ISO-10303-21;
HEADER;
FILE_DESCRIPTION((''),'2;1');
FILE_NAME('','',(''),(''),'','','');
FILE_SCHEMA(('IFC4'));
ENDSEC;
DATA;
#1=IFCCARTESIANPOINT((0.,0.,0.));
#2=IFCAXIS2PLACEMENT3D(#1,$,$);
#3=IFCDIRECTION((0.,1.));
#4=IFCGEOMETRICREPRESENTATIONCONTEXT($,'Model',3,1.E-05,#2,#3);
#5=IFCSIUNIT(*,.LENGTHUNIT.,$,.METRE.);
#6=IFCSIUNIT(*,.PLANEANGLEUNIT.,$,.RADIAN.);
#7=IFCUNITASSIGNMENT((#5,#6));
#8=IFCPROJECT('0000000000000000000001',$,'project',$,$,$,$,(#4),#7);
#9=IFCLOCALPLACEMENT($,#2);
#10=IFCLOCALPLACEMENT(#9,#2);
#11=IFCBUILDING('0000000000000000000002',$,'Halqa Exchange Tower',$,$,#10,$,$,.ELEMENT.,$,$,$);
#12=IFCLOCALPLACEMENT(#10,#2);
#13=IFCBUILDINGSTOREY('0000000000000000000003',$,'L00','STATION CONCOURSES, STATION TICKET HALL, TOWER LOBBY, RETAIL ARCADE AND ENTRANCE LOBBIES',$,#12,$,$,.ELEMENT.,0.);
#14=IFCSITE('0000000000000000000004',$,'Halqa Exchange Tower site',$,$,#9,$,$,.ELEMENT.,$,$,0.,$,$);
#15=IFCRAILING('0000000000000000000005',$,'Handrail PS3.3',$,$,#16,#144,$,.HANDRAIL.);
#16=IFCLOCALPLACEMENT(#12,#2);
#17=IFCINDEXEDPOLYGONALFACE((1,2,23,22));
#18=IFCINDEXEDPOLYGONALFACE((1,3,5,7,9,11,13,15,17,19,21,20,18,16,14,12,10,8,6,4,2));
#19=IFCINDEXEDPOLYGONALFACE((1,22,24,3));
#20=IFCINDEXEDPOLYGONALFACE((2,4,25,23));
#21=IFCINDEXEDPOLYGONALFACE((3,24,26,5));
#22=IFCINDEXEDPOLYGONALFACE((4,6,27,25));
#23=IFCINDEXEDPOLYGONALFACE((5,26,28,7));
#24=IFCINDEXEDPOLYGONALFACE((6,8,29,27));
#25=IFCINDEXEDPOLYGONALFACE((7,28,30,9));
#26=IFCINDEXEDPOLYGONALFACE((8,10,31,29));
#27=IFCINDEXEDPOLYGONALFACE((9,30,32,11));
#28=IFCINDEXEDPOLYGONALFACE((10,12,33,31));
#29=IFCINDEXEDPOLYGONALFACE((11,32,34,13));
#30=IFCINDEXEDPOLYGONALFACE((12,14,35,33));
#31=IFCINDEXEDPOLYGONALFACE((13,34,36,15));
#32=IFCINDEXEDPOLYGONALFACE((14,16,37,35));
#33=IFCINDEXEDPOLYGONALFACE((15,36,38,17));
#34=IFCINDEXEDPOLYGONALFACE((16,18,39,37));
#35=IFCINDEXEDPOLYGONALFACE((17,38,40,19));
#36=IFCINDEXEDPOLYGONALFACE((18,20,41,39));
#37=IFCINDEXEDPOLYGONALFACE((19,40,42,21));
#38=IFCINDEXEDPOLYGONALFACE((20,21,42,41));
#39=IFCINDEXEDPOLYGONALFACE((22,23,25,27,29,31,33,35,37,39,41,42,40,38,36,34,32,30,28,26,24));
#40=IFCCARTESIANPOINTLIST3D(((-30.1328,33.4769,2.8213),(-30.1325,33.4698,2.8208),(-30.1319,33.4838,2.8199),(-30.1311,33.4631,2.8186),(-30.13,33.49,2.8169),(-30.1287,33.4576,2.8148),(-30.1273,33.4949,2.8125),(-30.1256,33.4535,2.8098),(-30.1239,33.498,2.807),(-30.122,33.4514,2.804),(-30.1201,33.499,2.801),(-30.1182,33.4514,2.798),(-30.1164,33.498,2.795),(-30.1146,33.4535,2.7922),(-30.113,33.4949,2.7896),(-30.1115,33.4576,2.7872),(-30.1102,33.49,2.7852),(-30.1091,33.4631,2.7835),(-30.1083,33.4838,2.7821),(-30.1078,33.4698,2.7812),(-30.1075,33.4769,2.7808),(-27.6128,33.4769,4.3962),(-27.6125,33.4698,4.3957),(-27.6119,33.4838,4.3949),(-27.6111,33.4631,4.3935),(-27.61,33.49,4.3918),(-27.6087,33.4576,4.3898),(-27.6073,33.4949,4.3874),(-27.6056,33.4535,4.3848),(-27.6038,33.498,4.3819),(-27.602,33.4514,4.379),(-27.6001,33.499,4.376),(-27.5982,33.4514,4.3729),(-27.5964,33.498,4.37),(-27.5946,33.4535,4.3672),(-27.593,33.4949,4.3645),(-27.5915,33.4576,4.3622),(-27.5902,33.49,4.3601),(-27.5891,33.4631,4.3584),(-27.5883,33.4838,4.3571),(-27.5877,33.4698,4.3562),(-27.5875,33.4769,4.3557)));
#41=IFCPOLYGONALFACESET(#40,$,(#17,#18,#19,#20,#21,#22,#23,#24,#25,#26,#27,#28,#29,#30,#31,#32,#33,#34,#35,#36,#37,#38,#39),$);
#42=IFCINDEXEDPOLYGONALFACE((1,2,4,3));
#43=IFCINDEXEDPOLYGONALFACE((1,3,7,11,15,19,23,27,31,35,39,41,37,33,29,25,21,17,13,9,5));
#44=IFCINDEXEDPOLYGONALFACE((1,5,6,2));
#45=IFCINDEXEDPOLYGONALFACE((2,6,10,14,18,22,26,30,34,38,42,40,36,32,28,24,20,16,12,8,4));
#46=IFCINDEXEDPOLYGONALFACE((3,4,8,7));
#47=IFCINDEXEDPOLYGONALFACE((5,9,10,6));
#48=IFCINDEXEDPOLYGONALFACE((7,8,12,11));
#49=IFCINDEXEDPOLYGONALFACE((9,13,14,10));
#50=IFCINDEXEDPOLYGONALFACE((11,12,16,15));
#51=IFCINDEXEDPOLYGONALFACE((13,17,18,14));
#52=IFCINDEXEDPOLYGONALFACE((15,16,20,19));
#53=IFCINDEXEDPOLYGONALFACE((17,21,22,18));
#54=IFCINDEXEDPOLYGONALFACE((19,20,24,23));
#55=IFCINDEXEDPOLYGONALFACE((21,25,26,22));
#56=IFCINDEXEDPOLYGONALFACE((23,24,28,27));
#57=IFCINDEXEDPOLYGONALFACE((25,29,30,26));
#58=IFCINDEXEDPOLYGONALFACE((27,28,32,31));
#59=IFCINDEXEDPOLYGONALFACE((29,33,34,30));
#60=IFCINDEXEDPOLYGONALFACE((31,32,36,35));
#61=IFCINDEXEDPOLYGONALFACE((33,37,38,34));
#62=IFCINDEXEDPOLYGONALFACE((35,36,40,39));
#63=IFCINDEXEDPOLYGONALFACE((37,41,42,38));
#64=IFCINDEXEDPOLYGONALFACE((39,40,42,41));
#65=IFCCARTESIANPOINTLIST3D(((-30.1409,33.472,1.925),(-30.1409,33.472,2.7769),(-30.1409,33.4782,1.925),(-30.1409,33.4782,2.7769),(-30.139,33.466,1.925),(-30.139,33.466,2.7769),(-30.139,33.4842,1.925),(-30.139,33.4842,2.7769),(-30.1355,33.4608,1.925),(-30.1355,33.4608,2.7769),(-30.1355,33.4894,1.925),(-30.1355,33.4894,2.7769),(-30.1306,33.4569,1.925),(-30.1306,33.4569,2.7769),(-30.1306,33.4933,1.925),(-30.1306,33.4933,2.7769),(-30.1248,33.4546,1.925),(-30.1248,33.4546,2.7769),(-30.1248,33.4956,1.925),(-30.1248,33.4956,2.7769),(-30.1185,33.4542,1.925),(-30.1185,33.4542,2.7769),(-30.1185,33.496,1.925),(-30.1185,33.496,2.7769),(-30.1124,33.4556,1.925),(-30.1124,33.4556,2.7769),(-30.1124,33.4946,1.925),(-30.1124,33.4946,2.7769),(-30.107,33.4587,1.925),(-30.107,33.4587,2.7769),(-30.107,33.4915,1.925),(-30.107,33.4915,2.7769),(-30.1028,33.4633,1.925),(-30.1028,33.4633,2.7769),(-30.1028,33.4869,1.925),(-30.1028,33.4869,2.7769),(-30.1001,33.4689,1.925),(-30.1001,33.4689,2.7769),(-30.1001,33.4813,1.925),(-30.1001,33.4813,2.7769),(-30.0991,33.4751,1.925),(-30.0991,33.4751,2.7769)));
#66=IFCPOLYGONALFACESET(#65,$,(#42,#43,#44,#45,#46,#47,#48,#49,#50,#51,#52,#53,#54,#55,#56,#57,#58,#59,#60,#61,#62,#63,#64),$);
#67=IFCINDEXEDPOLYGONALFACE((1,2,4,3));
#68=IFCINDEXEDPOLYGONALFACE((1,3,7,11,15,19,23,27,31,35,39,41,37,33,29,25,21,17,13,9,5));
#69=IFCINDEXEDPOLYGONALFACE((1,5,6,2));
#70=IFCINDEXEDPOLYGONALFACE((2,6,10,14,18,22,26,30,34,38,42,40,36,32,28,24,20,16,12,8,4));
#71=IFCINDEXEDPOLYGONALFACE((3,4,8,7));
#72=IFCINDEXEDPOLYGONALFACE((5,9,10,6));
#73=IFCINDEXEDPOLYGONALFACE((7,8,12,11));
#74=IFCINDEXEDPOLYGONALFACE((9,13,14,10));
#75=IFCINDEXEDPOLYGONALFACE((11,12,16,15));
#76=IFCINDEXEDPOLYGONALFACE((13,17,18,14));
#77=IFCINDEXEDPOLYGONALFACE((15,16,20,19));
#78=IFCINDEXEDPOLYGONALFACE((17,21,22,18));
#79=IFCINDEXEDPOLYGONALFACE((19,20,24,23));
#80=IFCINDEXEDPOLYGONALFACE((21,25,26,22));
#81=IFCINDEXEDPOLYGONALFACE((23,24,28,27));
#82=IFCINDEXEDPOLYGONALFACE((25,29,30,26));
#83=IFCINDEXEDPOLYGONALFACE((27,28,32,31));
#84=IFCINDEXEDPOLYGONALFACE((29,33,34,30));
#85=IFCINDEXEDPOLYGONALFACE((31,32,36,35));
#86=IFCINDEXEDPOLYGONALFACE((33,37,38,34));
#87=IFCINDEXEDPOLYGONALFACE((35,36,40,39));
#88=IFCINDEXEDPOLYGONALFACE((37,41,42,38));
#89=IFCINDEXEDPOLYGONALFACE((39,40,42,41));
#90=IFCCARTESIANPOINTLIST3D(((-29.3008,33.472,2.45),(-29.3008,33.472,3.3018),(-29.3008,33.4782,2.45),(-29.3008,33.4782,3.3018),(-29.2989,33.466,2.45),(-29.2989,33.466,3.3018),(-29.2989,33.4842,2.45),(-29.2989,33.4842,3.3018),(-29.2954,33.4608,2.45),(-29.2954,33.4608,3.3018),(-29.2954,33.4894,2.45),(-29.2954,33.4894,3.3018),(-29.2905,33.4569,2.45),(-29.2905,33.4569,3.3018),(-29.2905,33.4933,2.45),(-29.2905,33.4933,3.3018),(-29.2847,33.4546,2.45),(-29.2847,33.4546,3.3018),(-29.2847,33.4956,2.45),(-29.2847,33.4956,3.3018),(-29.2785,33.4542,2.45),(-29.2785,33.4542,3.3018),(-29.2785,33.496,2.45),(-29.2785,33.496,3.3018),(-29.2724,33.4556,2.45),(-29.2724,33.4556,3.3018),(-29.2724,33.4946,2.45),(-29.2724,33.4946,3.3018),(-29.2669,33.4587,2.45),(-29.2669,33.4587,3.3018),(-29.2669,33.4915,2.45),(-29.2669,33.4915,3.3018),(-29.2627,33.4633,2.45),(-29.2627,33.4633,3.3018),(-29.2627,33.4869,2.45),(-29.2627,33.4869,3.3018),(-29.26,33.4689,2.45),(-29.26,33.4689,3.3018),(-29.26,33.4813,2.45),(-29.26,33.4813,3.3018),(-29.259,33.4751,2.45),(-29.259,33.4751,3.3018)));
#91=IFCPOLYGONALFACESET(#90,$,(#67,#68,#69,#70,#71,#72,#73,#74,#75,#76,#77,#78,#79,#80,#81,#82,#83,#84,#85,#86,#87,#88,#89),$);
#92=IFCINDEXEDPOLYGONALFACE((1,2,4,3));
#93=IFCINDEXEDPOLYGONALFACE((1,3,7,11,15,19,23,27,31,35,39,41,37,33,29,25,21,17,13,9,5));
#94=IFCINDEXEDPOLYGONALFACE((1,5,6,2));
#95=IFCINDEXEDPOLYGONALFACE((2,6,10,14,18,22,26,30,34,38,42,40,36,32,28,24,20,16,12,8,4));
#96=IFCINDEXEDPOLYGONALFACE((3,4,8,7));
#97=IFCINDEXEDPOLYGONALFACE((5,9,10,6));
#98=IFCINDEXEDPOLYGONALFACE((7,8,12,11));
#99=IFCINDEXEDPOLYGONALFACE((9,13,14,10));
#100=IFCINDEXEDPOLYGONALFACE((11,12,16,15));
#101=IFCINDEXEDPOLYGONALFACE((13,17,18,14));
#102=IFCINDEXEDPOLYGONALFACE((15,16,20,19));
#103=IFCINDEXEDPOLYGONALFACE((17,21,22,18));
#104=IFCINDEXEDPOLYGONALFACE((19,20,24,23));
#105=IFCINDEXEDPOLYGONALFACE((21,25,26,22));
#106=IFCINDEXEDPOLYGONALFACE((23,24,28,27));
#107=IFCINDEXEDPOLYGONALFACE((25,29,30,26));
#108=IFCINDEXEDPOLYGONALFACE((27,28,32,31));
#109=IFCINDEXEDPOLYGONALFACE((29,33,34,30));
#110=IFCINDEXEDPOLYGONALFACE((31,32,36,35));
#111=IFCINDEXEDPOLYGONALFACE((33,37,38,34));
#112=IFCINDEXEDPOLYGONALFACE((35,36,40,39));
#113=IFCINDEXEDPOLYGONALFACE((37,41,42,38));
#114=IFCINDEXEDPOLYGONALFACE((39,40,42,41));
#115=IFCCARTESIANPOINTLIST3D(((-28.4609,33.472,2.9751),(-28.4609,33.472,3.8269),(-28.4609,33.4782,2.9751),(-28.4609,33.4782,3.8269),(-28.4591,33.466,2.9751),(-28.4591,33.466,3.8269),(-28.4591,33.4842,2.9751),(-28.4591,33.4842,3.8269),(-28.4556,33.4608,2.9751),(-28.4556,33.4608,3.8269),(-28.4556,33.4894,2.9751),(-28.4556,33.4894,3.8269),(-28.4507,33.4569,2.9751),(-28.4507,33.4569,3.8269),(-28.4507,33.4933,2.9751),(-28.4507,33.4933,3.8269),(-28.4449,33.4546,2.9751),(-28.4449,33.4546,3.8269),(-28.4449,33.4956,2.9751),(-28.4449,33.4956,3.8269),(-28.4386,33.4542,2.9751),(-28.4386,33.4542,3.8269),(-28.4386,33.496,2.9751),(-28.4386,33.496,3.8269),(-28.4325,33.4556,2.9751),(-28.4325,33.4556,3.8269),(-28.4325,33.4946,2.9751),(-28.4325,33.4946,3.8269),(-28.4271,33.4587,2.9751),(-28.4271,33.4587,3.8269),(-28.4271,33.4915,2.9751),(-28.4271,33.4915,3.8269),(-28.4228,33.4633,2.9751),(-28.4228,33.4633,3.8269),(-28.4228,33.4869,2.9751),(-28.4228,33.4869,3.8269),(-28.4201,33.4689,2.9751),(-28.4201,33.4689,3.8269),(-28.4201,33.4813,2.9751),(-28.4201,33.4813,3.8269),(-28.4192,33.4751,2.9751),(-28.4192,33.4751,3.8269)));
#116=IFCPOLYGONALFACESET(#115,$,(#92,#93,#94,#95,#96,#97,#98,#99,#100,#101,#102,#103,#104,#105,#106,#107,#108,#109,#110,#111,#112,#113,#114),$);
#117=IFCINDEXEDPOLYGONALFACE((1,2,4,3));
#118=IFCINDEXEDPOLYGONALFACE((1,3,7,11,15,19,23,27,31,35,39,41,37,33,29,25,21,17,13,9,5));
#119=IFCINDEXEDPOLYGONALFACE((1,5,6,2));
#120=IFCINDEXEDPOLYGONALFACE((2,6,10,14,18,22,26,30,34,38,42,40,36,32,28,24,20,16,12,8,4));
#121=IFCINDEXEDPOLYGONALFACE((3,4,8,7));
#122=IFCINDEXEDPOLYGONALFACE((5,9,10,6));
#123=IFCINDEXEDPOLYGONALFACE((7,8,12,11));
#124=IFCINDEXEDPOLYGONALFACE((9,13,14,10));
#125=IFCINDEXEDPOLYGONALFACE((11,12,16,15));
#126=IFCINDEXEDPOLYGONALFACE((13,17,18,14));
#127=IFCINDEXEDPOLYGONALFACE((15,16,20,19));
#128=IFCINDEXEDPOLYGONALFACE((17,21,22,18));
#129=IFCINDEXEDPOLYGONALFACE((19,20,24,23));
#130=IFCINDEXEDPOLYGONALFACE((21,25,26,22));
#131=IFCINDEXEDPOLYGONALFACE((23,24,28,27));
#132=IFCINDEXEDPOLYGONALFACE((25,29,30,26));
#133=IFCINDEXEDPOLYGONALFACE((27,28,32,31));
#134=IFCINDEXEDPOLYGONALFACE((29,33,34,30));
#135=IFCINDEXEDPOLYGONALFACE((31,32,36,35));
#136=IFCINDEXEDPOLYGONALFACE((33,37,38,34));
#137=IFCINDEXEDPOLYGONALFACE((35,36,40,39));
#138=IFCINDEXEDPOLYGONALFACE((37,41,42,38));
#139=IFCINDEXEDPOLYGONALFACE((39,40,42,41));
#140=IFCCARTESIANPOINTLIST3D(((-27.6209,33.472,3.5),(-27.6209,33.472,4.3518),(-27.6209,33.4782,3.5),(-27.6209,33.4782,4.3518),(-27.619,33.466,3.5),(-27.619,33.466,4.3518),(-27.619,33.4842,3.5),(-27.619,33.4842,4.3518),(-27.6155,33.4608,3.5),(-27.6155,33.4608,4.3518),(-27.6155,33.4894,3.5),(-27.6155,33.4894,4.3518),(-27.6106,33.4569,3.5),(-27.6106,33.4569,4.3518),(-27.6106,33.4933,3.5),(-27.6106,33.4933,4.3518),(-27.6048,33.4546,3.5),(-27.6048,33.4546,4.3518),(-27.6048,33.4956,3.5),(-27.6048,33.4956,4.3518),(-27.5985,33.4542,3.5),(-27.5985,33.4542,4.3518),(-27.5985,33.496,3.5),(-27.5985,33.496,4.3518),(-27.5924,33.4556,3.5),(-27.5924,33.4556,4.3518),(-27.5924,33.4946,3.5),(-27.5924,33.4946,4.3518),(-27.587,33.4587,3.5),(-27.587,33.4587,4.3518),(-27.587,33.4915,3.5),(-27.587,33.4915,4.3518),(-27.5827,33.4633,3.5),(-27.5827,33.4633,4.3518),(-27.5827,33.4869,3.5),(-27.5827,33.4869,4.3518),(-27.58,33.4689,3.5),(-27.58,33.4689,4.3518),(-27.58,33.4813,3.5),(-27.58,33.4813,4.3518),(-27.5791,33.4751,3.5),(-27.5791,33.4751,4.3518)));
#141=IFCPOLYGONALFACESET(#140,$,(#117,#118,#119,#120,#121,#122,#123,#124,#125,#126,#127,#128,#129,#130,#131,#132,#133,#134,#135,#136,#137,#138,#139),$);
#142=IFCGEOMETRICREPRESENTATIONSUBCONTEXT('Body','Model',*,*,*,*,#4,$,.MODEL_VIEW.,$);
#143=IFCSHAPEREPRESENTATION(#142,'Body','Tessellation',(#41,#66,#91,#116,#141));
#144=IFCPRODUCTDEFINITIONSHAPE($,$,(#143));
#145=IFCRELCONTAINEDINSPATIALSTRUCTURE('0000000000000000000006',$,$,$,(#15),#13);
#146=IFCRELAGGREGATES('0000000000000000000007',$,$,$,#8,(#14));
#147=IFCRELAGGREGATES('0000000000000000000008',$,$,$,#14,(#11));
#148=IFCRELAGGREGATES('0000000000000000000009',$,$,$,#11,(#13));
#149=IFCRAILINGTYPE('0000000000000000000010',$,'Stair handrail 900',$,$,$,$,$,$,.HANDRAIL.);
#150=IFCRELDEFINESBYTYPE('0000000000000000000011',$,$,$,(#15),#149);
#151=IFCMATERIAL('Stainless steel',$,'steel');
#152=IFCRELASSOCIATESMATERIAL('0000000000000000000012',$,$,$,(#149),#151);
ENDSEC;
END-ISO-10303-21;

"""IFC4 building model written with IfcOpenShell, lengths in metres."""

from ifc_helpers import new_model, si_unit, direction, frame, origin, origin_2d, place, context, subcontext, project, spatial, circle, extrude, material, type_object, element, save


model = new_model("IFC4")

# Units and contexts
model_context = context("Model", 3, precision=1e-05, world=origin(), true_north=direction((0.0, 1.0)))
body_context = subcontext(model_context, "Body", "Model", "MODEL_VIEW")
ifc_project = project(units=[si_unit("LENGTHUNIT", "METRE"), si_unit("PLANEANGLEUNIT", "RADIAN")], contexts=[model_context])

# Site, building, storey
site_placement = place(None, origin())
site = spatial("IfcSite", under=ifc_project, at=site_placement, Name="Halqa Exchange Tower site", CompositionType="ELEMENT", RefElevation=0.0)
building_placement = place(site_placement, origin())
building = spatial("IfcBuilding", under=site, at=building_placement, Name="Halqa Exchange Tower", CompositionType="ELEMENT")
storey_placement = place(building_placement, origin())
storey = spatial("IfcBuildingStorey", under=building, at=storey_placement, Name="L00", Description="STATION CONCOURSES, STATION TICKET HALL, TOWER LOBBY, RETAIL ARCADE AND ENTRANCE LOBBIES", CompositionType="ELEMENT", Elevation=0.0)

# Railing
ifc_material_1 = material(Name="Stainless steel", Category="steel")
railing_type = type_object("IfcRailingType", Name="Stair handrail 900", PredefinedType="HANDRAIL", material=ifc_material_1)
for number, where, name in (
    (1, (-30.1201, 33.4751, 1.925), "Handrail PS3.3"),
):
    element("IfcRailing", number, at=place(storey_placement, frame(where)), inside=storey, type_object=railing_type, Name=name, PredefinedType="HANDRAIL", context=body_context, shape_type="SweptSolid", body=[
        extrude(circle(Radius=0.0239, at=origin_2d()), frame((0.0, 0.0, 0.876), z_axis=(0.848008, 0.0, 0.529984), x_axis=(0.0, 1.0, 0.0)), (0.0, 0.0, 1.0), 2.9717),
        extrude(circle(Radius=0.021, at=origin_2d()), origin(), (0.0, 0.0, 1.0), 0.8518),
        extrude(circle(Radius=0.021, at=origin_2d()), frame((0.8401, 0.0, 0.5249)), (0.0, 0.0, 1.0), 0.8518),
        extrude(circle(Radius=0.021, at=origin_2d()), frame((1.6799, 0.0, 1.05)), (0.0, 0.0, 1.0), 0.8518),
        extrude(circle(Radius=0.021, at=origin_2d()), frame((2.52, 0.0, 1.575)), (0.0, 0.0, 1.0), 0.8518),
    ])

save(model, "model.ifc")
